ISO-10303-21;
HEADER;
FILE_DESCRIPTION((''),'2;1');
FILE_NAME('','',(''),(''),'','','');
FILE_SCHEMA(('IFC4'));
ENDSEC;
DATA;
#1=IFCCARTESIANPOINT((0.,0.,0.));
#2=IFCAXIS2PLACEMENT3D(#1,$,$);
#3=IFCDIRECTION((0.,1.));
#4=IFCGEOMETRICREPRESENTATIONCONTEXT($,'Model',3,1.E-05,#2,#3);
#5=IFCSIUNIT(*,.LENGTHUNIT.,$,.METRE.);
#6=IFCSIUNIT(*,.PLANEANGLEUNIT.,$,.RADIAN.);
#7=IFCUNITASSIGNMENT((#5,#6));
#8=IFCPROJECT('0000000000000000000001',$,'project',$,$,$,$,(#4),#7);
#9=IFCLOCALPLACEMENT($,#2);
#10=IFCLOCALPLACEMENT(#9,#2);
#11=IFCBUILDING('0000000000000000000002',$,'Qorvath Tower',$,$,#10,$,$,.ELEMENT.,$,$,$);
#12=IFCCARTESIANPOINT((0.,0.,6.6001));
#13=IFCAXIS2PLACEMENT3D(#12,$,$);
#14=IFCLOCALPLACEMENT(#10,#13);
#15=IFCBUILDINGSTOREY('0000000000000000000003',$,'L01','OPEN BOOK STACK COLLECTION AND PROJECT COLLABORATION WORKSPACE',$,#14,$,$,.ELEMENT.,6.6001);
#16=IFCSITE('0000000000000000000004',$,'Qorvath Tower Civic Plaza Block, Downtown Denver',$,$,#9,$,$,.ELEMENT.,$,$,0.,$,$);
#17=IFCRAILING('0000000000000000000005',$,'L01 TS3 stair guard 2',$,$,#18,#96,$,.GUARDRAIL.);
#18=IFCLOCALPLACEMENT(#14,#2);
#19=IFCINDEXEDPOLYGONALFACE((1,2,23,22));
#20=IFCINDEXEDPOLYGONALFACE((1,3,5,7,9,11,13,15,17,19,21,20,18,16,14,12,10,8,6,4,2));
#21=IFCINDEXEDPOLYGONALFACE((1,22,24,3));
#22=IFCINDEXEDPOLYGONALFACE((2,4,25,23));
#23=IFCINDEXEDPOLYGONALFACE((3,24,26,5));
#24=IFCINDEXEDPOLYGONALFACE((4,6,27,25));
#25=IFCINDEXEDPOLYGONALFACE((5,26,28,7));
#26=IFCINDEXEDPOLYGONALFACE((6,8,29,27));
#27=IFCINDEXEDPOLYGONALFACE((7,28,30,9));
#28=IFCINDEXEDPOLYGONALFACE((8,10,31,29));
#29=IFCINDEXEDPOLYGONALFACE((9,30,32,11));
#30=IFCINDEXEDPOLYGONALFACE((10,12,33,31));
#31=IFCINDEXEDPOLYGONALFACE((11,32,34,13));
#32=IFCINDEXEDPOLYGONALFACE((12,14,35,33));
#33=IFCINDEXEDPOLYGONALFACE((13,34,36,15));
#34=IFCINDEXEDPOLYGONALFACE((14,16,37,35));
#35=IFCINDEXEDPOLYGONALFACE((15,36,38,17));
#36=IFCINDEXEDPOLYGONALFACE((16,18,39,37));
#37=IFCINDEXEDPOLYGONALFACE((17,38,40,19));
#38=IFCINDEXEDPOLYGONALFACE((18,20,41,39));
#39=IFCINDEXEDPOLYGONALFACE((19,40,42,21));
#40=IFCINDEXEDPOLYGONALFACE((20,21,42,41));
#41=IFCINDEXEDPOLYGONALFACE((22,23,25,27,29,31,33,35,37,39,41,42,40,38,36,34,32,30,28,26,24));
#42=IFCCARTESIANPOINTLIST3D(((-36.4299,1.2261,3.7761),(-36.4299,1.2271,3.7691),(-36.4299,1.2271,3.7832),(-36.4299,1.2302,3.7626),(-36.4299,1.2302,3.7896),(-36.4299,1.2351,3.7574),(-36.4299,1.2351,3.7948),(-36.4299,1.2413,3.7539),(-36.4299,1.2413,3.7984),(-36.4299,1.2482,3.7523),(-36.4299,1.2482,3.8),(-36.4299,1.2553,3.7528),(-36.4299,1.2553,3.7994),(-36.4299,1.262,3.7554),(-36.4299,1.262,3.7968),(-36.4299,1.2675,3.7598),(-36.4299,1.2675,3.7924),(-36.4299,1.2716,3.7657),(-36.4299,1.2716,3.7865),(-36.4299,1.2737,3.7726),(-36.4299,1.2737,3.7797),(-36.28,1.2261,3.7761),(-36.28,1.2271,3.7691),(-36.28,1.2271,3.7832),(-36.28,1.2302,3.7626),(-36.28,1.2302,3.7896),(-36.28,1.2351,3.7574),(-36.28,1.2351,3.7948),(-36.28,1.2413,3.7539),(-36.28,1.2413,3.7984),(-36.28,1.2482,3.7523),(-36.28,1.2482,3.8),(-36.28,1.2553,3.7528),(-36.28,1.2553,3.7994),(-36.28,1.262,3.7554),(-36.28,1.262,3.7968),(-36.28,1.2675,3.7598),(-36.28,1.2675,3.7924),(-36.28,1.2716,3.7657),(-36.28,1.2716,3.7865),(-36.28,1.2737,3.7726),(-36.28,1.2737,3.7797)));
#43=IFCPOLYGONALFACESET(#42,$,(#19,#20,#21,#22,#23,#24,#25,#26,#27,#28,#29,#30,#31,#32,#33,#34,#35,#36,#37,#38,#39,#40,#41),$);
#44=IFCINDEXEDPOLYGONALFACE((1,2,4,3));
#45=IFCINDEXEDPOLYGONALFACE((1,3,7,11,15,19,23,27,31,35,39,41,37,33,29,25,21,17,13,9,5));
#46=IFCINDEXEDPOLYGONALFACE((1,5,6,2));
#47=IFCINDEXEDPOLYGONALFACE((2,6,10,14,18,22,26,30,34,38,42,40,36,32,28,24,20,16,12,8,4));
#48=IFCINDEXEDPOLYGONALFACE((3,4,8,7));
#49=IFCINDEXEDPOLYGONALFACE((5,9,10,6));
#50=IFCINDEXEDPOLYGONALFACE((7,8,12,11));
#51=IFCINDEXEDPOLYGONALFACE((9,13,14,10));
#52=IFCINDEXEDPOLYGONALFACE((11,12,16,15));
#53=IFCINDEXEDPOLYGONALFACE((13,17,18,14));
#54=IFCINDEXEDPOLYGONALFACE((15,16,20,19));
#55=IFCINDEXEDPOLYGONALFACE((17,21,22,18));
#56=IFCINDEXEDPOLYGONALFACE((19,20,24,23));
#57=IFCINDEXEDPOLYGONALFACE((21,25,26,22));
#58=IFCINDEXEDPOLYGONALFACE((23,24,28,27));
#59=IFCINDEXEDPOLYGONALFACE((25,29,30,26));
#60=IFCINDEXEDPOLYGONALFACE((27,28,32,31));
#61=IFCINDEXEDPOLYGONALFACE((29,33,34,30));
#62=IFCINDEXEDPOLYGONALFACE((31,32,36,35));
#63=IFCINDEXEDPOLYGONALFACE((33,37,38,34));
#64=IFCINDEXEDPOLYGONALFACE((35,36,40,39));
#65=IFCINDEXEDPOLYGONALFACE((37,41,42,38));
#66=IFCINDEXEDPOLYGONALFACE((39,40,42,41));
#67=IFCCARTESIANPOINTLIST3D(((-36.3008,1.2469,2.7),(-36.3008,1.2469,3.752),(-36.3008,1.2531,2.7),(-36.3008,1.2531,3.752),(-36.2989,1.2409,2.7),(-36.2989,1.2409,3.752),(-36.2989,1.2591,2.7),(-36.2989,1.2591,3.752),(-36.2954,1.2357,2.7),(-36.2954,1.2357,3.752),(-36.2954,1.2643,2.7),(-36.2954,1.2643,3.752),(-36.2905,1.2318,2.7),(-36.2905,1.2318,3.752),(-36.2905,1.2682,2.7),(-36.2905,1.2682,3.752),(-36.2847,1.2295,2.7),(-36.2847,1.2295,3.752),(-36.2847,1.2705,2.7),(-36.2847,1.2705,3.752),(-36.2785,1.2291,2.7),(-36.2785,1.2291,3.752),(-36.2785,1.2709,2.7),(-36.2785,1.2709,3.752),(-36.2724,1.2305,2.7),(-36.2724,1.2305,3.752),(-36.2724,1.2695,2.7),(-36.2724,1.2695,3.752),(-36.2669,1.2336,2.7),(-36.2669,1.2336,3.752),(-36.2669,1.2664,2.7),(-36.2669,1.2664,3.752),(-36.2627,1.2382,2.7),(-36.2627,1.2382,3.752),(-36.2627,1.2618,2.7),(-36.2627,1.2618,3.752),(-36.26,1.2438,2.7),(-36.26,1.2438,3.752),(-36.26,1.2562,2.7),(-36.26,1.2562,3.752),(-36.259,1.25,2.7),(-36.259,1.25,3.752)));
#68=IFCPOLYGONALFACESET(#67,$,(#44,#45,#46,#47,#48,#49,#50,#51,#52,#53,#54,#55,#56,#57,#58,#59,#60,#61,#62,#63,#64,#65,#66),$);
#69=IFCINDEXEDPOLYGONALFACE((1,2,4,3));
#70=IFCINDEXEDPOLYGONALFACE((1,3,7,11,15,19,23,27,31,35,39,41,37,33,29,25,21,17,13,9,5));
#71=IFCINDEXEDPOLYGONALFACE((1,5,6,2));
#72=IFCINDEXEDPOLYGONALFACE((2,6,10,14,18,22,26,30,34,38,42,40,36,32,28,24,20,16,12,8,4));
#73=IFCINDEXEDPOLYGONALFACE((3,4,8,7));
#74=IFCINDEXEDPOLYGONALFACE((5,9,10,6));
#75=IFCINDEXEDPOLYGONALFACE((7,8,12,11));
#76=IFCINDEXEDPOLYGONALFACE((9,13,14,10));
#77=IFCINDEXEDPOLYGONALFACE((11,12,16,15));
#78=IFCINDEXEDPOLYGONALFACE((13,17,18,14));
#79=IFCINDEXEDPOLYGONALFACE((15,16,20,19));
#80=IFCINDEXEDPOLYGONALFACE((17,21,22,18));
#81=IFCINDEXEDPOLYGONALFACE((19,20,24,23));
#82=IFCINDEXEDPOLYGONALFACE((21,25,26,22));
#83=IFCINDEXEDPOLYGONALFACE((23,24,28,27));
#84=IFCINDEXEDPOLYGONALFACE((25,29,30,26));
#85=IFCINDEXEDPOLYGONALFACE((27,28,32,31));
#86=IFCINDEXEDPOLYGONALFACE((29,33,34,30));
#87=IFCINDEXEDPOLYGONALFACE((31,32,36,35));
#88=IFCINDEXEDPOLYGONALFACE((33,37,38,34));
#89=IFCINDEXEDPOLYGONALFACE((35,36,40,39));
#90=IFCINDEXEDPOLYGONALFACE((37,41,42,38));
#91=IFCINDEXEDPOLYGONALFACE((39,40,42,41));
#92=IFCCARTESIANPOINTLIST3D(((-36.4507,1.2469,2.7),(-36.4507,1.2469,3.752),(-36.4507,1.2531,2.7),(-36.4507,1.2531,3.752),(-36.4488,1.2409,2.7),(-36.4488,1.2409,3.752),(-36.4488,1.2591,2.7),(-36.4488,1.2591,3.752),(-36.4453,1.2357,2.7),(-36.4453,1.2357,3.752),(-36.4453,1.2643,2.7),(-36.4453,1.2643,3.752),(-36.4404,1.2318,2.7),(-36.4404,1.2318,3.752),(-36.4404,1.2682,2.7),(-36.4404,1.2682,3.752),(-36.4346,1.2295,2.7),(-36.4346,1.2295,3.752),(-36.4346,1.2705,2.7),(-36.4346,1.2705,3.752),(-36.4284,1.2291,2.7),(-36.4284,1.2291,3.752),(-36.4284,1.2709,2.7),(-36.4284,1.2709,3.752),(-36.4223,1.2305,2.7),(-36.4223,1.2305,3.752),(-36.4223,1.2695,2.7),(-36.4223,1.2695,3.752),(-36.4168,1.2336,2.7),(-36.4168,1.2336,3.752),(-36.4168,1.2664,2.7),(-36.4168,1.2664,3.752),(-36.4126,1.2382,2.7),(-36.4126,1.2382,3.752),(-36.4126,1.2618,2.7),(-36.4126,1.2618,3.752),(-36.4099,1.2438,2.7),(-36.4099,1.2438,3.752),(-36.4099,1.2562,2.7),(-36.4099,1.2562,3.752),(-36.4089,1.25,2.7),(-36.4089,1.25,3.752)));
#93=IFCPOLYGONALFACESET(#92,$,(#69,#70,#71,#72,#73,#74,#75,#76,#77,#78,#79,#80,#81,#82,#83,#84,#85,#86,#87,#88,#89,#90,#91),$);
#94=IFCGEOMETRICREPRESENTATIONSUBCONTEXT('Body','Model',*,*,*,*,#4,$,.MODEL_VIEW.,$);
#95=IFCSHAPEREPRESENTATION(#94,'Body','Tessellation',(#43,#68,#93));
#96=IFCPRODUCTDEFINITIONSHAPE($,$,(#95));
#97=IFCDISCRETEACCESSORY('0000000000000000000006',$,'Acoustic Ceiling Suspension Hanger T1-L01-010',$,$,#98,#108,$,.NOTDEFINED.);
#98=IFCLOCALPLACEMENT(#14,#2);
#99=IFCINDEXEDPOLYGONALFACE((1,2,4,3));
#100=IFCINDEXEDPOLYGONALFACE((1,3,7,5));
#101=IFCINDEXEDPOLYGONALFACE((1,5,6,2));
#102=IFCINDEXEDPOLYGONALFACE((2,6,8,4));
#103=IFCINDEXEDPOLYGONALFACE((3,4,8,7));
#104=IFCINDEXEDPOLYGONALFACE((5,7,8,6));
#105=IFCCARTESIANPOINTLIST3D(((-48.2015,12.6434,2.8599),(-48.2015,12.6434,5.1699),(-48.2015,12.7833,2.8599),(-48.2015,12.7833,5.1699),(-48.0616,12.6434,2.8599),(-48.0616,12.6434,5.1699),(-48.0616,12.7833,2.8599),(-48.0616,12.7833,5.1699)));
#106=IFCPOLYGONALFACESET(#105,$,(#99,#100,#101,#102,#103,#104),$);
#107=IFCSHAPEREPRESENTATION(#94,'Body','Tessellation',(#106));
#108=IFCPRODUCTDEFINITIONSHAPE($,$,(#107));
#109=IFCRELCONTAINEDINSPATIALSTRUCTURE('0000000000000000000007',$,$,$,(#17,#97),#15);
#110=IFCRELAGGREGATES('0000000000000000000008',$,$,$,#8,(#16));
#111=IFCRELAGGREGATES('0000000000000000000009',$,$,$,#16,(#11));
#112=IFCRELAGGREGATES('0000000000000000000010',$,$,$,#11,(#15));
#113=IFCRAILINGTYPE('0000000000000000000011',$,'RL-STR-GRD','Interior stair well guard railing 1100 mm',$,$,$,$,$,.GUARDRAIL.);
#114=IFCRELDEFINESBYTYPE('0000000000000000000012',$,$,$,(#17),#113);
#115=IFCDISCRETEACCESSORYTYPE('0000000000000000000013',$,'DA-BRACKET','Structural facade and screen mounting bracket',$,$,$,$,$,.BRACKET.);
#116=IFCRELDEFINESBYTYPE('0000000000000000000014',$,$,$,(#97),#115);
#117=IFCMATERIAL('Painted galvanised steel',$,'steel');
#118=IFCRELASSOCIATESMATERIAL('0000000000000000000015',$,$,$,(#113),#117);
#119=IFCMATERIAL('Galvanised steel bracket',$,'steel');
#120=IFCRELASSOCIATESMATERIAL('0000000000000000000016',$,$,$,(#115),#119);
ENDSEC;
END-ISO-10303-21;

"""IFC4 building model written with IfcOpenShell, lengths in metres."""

from ifc_helpers import new_model, si_unit, direction, frame, origin, origin_2d, place, context, subcontext, project, spatial, rectangle, circle, extrude, material, type_object, element, save


model = new_model("IFC4")

# Units and contexts
model_context = context("Model", 3, precision=1e-05, world=origin(), true_north=direction((0.0, 1.0)))
body_context = subcontext(model_context, "Body", "Model", "MODEL_VIEW")
ifc_project = project(units=[si_unit("LENGTHUNIT", "METRE"), si_unit("PLANEANGLEUNIT", "RADIAN")], contexts=[model_context])

# Site, building, storey
site_placement = place(None, origin())
site = spatial("IfcSite", under=ifc_project, at=site_placement, Name="Qorvath Tower Civic Plaza Block, Downtown Denver", CompositionType="ELEMENT", RefElevation=0.0)
building_placement = place(site_placement, origin())
building = spatial("IfcBuilding", under=site, at=building_placement, Name="Qorvath Tower", CompositionType="ELEMENT")
storey_placement = place(building_placement, frame((0.0, 0.0, 6.6001)))
storey = spatial("IfcBuildingStorey", under=building, at=storey_placement, Name="L01", Description="OPEN BOOK STACK COLLECTION AND PROJECT COLLABORATION WORKSPACE", CompositionType="ELEMENT", Elevation=6.6001)

# Railing
ifc_material_1 = material(Name="Painted galvanised steel", Category="steel")
railing_type = type_object("IfcRailingType", Name="RL-STR-GRD", Description="Interior stair well guard railing 1100 mm", PredefinedType="GUARDRAIL", material=ifc_material_1)
railing_placement = place(storey_placement, frame((-36.28, 1.25, 2.7)))
element("IfcRailing", 1, at=railing_placement, inside=storey, type_object=railing_type, Name="L01 TS3 stair guard 2", PredefinedType="GUARDRAIL", context=body_context, shape_type="SweptSolid", body=[
    extrude(circle(Radius=0.0239, at=origin_2d()), frame((0.0, 0.0, 1.0762), z_axis=(-1.0, 0.0, 0.0), x_axis=(0.0, -1.0, 0.0)), (0.0, 0.0, 1.0), 0.1499),
    extrude(circle(Radius=0.021, at=origin_2d()), origin(), (0.0, 0.0, 1.0), 1.052),
    extrude(circle(Radius=0.021, at=origin_2d()), frame((-0.1499, 0.0, 0.0)), (0.0, 0.0, 1.0), 1.052),
])

# Discrete accessory
ifc_material_2 = material(Name="Galvanised steel bracket", Category="steel")
discrete_accessory_type = type_object("IfcDiscreteAccessoryType", Name="DA-BRACKET", Description="Structural facade and screen mounting bracket", PredefinedType="BRACKET", material=ifc_material_2)
discrete_accessory_placement = place(storey_placement, frame((-48.1316, 12.7134, 2.8599), z_axis=(0.0, 0.0, 1.0), x_axis=(1.0, 0.0, 0.0)))
element("IfcDiscreteAccessory", 2, at=discrete_accessory_placement, inside=storey, type_object=discrete_accessory_type, Name="Acoustic Ceiling Suspension Hanger T1-L01-010", PredefinedType="NOTDEFINED", context=body_context, shape_type="SweptSolid", body=[
    extrude(rectangle(XDim=0.1399, YDim=0.1399, at=origin_2d()), origin(), (0.0, 0.0, 1.0), 2.3101),
])

save(model, "model.ifc")
